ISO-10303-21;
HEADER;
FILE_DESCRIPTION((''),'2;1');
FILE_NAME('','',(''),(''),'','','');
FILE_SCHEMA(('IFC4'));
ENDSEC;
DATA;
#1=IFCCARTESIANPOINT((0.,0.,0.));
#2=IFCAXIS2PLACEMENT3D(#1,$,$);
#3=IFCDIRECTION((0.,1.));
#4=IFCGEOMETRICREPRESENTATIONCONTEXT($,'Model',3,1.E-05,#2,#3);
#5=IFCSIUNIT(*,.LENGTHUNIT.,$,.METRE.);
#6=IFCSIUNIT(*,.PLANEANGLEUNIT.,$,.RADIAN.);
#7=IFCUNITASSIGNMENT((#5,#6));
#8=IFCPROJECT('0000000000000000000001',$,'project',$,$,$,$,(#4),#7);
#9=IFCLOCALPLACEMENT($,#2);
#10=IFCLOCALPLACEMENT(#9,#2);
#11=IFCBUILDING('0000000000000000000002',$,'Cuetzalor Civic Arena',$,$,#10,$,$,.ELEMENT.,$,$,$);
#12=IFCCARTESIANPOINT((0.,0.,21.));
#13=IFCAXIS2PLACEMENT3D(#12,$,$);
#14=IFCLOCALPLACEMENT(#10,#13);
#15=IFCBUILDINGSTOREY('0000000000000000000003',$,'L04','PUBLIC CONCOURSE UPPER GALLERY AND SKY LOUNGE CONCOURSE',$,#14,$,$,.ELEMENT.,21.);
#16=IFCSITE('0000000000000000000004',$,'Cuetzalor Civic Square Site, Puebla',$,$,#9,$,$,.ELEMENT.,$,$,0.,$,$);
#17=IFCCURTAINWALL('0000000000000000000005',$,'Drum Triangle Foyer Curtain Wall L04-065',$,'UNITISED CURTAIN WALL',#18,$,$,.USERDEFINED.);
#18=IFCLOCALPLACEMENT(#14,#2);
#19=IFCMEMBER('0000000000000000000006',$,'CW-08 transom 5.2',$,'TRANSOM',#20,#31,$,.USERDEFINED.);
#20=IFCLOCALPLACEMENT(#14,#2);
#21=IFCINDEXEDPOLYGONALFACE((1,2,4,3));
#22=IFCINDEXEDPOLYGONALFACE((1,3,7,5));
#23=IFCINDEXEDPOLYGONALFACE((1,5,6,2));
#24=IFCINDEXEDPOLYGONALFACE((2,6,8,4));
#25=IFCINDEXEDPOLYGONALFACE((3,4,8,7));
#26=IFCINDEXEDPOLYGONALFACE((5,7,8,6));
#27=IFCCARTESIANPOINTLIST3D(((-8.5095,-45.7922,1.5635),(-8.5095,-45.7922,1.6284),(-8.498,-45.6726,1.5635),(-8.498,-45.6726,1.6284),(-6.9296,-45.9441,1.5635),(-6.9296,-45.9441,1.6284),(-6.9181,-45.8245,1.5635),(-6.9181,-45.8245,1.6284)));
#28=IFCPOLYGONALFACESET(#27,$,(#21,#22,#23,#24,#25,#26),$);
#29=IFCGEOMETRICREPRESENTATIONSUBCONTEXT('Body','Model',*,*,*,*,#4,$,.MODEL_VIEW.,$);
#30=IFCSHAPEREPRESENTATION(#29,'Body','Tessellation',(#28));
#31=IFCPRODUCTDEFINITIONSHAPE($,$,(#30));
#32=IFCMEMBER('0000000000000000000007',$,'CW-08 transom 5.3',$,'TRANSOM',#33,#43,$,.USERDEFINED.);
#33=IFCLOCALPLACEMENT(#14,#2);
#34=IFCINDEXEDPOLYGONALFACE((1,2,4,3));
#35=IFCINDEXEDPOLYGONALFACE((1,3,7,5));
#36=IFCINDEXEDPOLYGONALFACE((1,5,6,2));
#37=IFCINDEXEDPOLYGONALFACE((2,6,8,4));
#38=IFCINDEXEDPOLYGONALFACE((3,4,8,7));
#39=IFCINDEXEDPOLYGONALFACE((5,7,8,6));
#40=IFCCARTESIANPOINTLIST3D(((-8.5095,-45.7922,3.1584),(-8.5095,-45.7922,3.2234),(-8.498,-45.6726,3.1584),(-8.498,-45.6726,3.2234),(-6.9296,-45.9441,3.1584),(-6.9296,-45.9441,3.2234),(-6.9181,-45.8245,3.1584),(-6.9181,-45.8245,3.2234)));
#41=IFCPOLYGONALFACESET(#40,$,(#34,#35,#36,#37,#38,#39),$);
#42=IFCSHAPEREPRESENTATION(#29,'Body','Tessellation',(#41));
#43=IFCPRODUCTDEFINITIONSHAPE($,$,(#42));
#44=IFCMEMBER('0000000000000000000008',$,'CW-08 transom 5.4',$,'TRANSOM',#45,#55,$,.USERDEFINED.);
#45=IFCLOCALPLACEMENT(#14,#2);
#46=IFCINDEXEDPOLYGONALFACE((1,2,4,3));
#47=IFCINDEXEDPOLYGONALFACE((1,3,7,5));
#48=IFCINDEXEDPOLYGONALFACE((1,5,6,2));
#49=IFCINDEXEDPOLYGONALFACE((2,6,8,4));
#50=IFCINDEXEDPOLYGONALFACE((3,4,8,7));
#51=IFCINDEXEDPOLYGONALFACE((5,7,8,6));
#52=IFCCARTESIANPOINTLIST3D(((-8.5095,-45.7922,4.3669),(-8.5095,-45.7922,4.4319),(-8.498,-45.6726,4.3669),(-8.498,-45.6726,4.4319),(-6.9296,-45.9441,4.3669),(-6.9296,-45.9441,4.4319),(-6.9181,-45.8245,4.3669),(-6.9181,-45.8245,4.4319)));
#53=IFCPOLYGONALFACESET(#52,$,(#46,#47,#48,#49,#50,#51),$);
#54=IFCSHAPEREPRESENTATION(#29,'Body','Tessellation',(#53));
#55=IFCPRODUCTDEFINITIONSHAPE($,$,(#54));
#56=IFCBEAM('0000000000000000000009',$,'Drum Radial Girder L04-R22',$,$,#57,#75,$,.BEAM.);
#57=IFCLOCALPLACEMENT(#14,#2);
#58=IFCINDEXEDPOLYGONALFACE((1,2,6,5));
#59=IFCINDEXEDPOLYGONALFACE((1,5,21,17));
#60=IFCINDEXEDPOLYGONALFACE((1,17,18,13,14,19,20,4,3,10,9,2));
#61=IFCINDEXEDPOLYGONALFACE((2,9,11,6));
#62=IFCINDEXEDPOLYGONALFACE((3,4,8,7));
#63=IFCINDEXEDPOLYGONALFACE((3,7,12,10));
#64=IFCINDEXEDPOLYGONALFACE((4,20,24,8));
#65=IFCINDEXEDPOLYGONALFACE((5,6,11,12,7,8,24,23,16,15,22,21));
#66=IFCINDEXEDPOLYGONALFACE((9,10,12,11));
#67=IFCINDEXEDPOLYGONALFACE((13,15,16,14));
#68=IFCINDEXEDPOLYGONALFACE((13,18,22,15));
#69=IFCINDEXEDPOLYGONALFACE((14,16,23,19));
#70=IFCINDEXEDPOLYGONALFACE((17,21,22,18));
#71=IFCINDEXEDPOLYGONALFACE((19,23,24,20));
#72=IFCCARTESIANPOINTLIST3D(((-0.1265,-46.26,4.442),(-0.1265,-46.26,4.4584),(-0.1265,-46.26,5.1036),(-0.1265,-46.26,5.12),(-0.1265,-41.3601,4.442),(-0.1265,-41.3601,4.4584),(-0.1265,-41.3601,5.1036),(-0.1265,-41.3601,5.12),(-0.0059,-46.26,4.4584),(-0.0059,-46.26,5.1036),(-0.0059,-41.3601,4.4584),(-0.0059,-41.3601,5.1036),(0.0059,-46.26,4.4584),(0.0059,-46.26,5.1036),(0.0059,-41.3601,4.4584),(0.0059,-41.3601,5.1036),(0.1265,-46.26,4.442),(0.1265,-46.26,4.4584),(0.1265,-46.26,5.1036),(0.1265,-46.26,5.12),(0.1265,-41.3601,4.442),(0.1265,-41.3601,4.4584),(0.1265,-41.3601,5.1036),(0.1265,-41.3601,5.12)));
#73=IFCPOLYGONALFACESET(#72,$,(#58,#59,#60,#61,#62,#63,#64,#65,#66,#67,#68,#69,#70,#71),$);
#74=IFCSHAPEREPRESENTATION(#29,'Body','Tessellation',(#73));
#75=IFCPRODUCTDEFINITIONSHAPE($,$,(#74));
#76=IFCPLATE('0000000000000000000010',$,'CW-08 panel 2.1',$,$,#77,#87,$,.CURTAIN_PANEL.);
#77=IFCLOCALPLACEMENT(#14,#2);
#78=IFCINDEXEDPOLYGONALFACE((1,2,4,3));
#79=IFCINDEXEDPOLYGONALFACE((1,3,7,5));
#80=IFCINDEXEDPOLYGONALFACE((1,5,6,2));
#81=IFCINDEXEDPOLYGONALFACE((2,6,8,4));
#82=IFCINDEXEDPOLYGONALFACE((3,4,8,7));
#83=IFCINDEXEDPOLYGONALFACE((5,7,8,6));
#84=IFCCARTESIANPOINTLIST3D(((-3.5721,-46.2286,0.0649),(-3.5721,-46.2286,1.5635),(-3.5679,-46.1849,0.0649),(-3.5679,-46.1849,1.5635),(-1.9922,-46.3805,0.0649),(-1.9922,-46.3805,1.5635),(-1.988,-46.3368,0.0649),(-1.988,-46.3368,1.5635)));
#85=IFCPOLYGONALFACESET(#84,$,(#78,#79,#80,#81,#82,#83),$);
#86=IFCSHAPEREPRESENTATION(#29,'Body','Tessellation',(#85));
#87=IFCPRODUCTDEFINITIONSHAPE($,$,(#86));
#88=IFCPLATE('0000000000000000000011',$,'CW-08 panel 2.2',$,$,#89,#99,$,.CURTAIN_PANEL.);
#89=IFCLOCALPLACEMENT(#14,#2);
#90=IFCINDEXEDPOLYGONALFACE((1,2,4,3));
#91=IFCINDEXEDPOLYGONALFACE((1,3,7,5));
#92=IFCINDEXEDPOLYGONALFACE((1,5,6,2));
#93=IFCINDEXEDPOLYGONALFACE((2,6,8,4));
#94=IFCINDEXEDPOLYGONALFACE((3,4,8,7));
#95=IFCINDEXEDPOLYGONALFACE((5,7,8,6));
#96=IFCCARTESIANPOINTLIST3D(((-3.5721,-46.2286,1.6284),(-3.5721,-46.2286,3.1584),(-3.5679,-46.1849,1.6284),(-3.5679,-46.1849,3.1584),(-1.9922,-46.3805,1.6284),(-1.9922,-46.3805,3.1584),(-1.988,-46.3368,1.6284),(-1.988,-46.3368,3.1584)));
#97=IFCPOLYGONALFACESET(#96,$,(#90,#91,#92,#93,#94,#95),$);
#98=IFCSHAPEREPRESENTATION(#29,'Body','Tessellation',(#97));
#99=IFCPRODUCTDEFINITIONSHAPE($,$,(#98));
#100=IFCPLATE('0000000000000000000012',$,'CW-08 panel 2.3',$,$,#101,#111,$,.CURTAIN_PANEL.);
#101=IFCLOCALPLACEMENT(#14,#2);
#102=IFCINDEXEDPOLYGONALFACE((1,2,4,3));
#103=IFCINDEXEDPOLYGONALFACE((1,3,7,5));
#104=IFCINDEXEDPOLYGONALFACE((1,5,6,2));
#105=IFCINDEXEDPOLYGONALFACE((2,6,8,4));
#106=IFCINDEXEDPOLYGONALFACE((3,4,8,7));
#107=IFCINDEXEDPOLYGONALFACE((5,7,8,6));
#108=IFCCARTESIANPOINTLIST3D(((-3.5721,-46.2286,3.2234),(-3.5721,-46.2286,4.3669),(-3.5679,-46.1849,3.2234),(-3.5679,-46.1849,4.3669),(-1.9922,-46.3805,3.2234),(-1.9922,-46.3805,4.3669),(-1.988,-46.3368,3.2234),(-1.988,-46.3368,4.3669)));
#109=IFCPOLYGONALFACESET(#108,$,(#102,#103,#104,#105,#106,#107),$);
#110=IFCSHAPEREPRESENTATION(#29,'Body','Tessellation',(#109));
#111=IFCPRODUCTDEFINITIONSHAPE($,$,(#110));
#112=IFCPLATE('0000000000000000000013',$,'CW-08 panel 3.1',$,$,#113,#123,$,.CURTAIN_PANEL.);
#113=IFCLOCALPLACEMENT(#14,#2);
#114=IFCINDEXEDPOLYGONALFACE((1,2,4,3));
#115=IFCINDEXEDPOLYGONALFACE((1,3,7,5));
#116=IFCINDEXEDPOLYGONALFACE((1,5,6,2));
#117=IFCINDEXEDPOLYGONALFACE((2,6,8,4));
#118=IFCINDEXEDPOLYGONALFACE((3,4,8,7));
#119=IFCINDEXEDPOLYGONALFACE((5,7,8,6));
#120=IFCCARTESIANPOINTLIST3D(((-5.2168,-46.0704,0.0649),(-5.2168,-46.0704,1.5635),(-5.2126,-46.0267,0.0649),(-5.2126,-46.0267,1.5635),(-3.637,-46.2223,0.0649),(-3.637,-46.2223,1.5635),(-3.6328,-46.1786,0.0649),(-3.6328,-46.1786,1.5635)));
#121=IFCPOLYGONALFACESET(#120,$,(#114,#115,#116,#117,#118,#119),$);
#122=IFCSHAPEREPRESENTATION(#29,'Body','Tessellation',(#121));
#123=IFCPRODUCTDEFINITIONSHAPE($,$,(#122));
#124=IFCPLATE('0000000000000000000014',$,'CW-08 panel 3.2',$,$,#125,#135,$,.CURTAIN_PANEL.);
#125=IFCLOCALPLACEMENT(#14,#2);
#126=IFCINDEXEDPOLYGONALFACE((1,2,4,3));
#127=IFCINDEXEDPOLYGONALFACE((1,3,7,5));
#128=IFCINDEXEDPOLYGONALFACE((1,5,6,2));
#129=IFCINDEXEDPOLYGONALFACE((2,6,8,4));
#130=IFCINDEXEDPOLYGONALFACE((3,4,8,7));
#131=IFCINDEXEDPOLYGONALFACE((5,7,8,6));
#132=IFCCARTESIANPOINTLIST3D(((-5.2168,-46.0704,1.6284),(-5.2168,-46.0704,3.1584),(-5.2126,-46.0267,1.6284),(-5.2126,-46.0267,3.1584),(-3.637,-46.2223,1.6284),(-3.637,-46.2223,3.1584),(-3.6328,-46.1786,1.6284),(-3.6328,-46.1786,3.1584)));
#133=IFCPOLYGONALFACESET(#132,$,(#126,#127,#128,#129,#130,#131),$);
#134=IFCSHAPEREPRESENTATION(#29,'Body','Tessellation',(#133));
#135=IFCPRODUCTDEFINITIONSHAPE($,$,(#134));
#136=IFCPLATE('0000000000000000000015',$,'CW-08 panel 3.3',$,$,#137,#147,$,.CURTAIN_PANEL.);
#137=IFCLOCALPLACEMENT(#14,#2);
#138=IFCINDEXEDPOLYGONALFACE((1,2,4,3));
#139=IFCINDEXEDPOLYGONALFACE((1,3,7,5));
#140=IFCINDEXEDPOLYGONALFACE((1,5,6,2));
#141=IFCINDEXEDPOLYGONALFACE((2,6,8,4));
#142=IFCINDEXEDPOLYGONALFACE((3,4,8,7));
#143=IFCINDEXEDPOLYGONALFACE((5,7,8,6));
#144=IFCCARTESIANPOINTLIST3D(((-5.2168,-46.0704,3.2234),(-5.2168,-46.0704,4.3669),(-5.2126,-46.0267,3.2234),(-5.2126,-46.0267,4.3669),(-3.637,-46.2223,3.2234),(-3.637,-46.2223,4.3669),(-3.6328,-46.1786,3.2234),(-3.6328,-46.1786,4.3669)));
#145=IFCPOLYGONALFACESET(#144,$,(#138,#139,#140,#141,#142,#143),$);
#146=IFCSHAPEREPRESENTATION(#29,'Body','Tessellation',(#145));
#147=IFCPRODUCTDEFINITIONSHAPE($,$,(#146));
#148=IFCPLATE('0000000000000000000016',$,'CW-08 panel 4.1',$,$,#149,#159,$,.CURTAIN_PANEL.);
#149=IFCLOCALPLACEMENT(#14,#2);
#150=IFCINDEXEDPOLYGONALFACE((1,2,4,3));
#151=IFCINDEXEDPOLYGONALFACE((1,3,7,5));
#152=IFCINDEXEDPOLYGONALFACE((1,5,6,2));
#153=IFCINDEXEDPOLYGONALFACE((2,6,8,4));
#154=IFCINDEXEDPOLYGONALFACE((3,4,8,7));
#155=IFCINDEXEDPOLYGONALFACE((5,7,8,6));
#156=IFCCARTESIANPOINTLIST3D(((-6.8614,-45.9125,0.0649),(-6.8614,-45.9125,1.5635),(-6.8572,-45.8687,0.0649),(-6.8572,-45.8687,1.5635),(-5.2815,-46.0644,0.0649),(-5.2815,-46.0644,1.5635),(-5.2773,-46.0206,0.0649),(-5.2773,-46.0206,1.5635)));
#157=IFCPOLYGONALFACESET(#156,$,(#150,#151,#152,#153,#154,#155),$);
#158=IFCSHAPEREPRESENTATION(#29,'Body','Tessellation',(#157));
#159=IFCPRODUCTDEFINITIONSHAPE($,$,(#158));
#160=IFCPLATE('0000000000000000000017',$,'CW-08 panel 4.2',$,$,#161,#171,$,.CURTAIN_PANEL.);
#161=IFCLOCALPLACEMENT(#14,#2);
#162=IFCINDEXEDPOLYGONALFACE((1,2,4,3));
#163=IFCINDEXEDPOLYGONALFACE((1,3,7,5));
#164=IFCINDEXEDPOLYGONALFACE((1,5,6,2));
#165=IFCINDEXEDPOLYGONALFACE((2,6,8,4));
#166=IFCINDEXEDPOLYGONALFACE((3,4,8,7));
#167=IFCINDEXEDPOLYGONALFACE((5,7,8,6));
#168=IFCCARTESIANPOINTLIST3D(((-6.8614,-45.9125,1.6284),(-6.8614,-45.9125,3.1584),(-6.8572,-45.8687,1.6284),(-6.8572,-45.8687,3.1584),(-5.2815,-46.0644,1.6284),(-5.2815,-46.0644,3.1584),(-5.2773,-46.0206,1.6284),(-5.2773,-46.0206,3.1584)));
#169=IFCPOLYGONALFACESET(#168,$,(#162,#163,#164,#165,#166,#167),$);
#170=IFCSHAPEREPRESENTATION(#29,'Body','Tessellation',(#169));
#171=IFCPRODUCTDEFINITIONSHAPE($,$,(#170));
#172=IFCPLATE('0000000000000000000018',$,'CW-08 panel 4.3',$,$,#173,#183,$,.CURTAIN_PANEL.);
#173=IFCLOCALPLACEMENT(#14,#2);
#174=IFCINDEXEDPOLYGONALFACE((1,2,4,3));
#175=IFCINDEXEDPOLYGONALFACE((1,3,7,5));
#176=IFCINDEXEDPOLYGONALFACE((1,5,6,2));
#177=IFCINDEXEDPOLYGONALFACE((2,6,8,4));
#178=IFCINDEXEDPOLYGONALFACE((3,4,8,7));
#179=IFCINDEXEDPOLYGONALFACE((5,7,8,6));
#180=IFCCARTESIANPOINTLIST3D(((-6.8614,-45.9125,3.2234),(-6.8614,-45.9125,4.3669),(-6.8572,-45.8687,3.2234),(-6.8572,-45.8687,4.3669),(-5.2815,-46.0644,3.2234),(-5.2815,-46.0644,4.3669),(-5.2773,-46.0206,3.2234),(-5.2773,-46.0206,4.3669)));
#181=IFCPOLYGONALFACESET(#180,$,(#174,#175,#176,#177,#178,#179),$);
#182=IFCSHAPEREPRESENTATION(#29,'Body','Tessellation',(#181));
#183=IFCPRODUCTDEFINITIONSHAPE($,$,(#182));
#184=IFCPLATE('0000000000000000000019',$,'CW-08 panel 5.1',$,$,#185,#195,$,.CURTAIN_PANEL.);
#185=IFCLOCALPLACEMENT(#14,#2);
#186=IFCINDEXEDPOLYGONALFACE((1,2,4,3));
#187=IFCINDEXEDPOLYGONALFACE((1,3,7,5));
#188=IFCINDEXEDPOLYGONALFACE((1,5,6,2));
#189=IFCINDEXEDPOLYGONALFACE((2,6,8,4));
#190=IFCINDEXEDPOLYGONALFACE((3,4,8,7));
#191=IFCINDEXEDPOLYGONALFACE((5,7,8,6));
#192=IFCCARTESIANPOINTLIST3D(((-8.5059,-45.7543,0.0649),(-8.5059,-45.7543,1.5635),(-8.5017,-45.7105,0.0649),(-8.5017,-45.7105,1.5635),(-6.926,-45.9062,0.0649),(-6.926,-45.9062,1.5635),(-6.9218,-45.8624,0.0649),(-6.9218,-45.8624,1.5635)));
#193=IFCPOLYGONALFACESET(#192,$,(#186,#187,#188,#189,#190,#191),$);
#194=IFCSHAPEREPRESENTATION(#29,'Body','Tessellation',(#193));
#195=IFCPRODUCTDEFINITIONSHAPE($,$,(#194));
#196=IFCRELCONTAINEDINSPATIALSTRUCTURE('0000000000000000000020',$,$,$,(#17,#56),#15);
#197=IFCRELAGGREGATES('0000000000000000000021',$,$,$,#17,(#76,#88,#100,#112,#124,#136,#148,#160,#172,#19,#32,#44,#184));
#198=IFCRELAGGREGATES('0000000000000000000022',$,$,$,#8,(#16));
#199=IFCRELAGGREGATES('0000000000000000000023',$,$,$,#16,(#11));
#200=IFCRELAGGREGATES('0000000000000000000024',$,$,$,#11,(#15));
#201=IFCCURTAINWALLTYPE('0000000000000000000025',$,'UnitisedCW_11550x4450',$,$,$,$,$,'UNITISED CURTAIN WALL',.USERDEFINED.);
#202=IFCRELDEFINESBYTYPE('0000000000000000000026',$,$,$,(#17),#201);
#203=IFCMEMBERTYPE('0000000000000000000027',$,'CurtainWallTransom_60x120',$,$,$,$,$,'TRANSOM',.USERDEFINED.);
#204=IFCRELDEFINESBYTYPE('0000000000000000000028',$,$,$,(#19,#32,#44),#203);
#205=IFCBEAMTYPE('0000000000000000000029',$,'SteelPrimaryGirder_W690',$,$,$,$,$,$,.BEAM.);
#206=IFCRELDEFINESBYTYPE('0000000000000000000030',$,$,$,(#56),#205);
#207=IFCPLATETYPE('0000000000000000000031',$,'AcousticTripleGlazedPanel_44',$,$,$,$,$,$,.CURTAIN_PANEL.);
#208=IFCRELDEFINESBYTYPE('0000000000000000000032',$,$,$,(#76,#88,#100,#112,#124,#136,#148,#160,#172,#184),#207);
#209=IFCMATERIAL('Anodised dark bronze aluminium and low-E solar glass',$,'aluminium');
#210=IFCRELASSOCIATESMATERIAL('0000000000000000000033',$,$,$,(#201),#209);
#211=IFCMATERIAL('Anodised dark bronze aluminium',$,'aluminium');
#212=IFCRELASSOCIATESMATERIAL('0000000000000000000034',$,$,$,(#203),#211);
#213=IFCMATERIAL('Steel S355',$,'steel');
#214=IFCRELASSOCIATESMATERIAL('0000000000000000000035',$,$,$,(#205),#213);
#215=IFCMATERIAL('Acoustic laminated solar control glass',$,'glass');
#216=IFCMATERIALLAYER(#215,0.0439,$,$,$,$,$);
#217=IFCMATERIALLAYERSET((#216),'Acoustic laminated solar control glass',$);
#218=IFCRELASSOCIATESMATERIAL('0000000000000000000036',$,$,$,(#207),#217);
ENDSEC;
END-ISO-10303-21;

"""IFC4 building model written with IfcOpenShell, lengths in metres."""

from ifc_helpers import new_model, si_unit, direction, frame, origin, origin_2d, place, context, subcontext, project, spatial, rectangle, i_section, extrude, material, layer, layer_set, material_profile, profile_set, type_object, element, aggregate, save


model = new_model("IFC4")

# Units and contexts
model_context = context("Model", 3, precision=1e-05, world=origin(), true_north=direction((0.0, 1.0)))
body_context = subcontext(model_context, "Body", "Model", "MODEL_VIEW")
ifc_project = project(units=[si_unit("LENGTHUNIT", "METRE"), si_unit("PLANEANGLEUNIT", "RADIAN")], contexts=[model_context])

# Site, building, storey
site_placement = place(None, origin())
site = spatial("IfcSite", under=ifc_project, at=site_placement, Name="Cuetzalor Civic Square Site, Puebla", CompositionType="ELEMENT", RefElevation=0.0)
building_placement = place(site_placement, origin())
building = spatial("IfcBuilding", under=site, at=building_placement, Name="Cuetzalor Civic Arena", CompositionType="ELEMENT")
storey_placement = place(building_placement, frame((0.0, 0.0, 21.0)))
storey = spatial("IfcBuildingStorey", under=building, at=storey_placement, Name="L04", Description="PUBLIC CONCOURSE UPPER GALLERY AND SKY LOUNGE CONCOURSE", CompositionType="ELEMENT", Elevation=21.0)

# Curtain wall, members
ifc_material_1 = material(Name="Anodised dark bronze aluminium and low-E solar glass", Category="aluminium")
curtain_wall_type = type_object("IfcCurtainWallType", Name="UnitisedCW_11550x4450", ElementType="UNITISED CURTAIN WALL", PredefinedType="USERDEFINED", material=ifc_material_1)
curtain_wall_placement = place(storey_placement, origin())
curtain_wall = element("IfcCurtainWall", 1, at=curtain_wall_placement, inside=storey, type_object=curtain_wall_type, Name="Drum Triangle Foyer Curtain Wall L04-065", ObjectType="UNITISED CURTAIN WALL", PredefinedType="USERDEFINED")
ifc_material_2 = material(Name="Anodised dark bronze aluminium", Category="aluminium")
ifc_material_profile_1 = material_profile(ifc_material_2, rectangle(XDim=0.1201, YDim=0.0649, at=origin_2d()), Name="ALU TRANSOM 65x120")
ifc_profile_set_1 = profile_set([ifc_material_profile_1], Name="Anodised dark bronze aluminium")
member_type_1 = type_object("IfcMemberType", Name="CurtainWallTransom_60x120", ElementType="TRANSOM", PredefinedType="USERDEFINED", material=ifc_profile_set_1)
member_1_placement = place(storey_placement, frame((-6.9238, -45.8843, 1.5959), z_axis=(-0.995412, 0.09568, 0.0), x_axis=(-0.09568, -0.995412, 0.0)))
member_1 = element("IfcMember", 2, at=member_1_placement, type_object=member_type_1, Name="CW-08 transom 5.2", ObjectType="TRANSOM", PredefinedType="USERDEFINED", context=body_context, shape_type="SweptSolid", body=[
    extrude(rectangle(XDim=0.1201, YDim=0.0649, at=origin_2d()), origin(), (0.0, 0.0, 1.0), 1.5872),
])
member_2_placement = place(storey_placement, frame((-6.9238, -45.8843, 3.1909), z_axis=(-0.995412, 0.09568, 0.0), x_axis=(-0.09568, -0.995412, 0.0)))
member_2 = element("IfcMember", 3, at=member_2_placement, type_object=member_type_1, Name="CW-08 transom 5.3", ObjectType="TRANSOM", PredefinedType="USERDEFINED", context=body_context, shape_type="SweptSolid", body=[
    extrude(rectangle(XDim=0.1201, YDim=0.0649, at=origin_2d()), origin(), (0.0, 0.0, 1.0), 1.5872),
])
member_3_placement = place(storey_placement, frame((-6.9238, -45.8843, 4.3994), z_axis=(-0.995412, 0.09568, 0.0), x_axis=(-0.09568, -0.995412, 0.0)))
member_3 = element("IfcMember", 4, at=member_3_placement, type_object=member_type_1, Name="CW-08 transom 5.4", ObjectType="TRANSOM", PredefinedType="USERDEFINED", context=body_context, shape_type="SweptSolid", body=[
    extrude(rectangle(XDim=0.1201, YDim=0.0649, at=origin_2d()), origin(), (0.0, 0.0, 1.0), 1.5872),
])

# Beam
ifc_material_3 = material(Name="Steel S355", Category="steel")
ifc_material_profile_2 = material_profile(ifc_material_3, i_section(OverallWidth=0.2529, OverallDepth=0.678, WebThickness=0.0117, FlangeThickness=0.0164, at=origin_2d()), Name="W690x125")
ifc_profile_set_2 = profile_set([ifc_material_profile_2], Name="Steel S355")
beam_type = type_object("IfcBeamType", Name="SteelPrimaryGirder_W690", PredefinedType="BEAM", material=ifc_profile_set_2)
beam_placement = place(storey_placement, frame((0.0, -41.3601, 4.781), z_axis=(0.0, -1.0, 0.0), x_axis=(1.0, 0.0, 0.0)))
element("IfcBeam", 5, at=beam_placement, inside=storey, type_object=beam_type, Name="Drum Radial Girder L04-R22", PredefinedType="BEAM", context=body_context, shape_type="SweptSolid", body=[
    extrude(i_section(OverallWidth=0.2529, OverallDepth=0.678, WebThickness=0.0117, FlangeThickness=0.0164, at=origin_2d()), origin(), (0.0, 0.0, 1.0), 4.8999),
])

# Plates
ifc_material_4 = material(Name="Acoustic laminated solar control glass", Category="glass")
ifc_layer = layer(ifc_material_4, 0.0439)
ifc_layer_set = layer_set([ifc_layer], Name="Acoustic laminated solar control glass")
plate_type = type_object("IfcPlateType", Name="AcousticTripleGlazedPanel_44", PredefinedType="CURTAIN_PANEL", material=ifc_layer_set)
plate_1_placement = place(storey_placement, frame((-2.78, -46.2827, 0.0649), z_axis=(0.0, 0.0, 1.0), x_axis=(-0.995409, 0.095711, 0.0)))
plate_1 = element("IfcPlate", 6, at=plate_1_placement, type_object=plate_type, Name="CW-08 panel 2.1", PredefinedType="CURTAIN_PANEL", context=body_context, shape_type="SweptSolid", body=[
    extrude(rectangle(XDim=1.5872, YDim=0.0439, at=origin_2d()), origin(), (0.0, 0.0, 1.0), 1.4985),
])
plate_2_placement = place(storey_placement, frame((-2.78, -46.2827, 1.6284), z_axis=(0.0, 0.0, 1.0), x_axis=(-0.995409, 0.095711, 0.0)))
plate_2 = element("IfcPlate", 7, at=plate_2_placement, type_object=plate_type, Name="CW-08 panel 2.2", PredefinedType="CURTAIN_PANEL", context=body_context, shape_type="SweptSolid", body=[
    extrude(rectangle(XDim=1.5872, YDim=0.0439, at=origin_2d()), origin(), (0.0, 0.0, 1.0), 1.53),
])
plate_3_placement = place(storey_placement, frame((-2.78, -46.2827, 3.2234), z_axis=(0.0, 0.0, 1.0), x_axis=(-0.995409, 0.095711, 0.0)))
plate_3 = element("IfcPlate", 8, at=plate_3_placement, type_object=plate_type, Name="CW-08 panel 2.3", PredefinedType="CURTAIN_PANEL", context=body_context, shape_type="SweptSolid", body=[
    extrude(rectangle(XDim=1.5872, YDim=0.0439, at=origin_2d()), origin(), (0.0, 0.0, 1.0), 1.1436),
])
plate_4_placement = place(storey_placement, frame((-4.4248, -46.1245, 0.0649), z_axis=(0.0, 0.0, 1.0), x_axis=(-0.995409, 0.095711, 0.0)))
plate_4 = element("IfcPlate", 9, at=plate_4_placement, type_object=plate_type, Name="CW-08 panel 3.1", PredefinedType="CURTAIN_PANEL", context=body_context, shape_type="SweptSolid", body=[
    extrude(rectangle(XDim=1.5872, YDim=0.0439, at=origin_2d()), origin(), (0.0, 0.0, 1.0), 1.4985),
])
plate_5_placement = place(storey_placement, frame((-4.4248, -46.1245, 1.6284), z_axis=(0.0, 0.0, 1.0), x_axis=(-0.995409, 0.095711, 0.0)))
plate_5 = element("IfcPlate", 10, at=plate_5_placement, type_object=plate_type, Name="CW-08 panel 3.2", PredefinedType="CURTAIN_PANEL", context=body_context, shape_type="SweptSolid", body=[
    extrude(rectangle(XDim=1.5872, YDim=0.0439, at=origin_2d()), origin(), (0.0, 0.0, 1.0), 1.53),
])
plate_6_placement = place(storey_placement, frame((-4.4248, -46.1245, 3.2234), z_axis=(0.0, 0.0, 1.0), x_axis=(-0.995409, 0.095711, 0.0)))
plate_6 = element("IfcPlate", 11, at=plate_6_placement, type_object=plate_type, Name="CW-08 panel 3.3", PredefinedType="CURTAIN_PANEL", context=body_context, shape_type="SweptSolid", body=[
    extrude(rectangle(XDim=1.5872, YDim=0.0439, at=origin_2d()), origin(), (0.0, 0.0, 1.0), 1.1436),
])
plate_7_placement = place(storey_placement, frame((-6.0693, -45.9666, 0.0649), z_axis=(0.0, 0.0, 1.0), x_axis=(-0.995409, 0.095711, 0.0)))
plate_7 = element("IfcPlate", 12, at=plate_7_placement, type_object=plate_type, Name="CW-08 panel 4.1", PredefinedType="CURTAIN_PANEL", context=body_context, shape_type="SweptSolid", body=[
    extrude(rectangle(XDim=1.5872, YDim=0.0439, at=origin_2d()), origin(), (0.0, 0.0, 1.0), 1.4985),
])
plate_8_placement = place(storey_placement, frame((-6.0693, -45.9666, 1.6284), z_axis=(0.0, 0.0, 1.0), x_axis=(-0.995409, 0.095711, 0.0)))
plate_8 = element("IfcPlate", 13, at=plate_8_placement, type_object=plate_type, Name="CW-08 panel 4.2", PredefinedType="CURTAIN_PANEL", context=body_context, shape_type="SweptSolid", body=[
    extrude(rectangle(XDim=1.5872, YDim=0.0439, at=origin_2d()), origin(), (0.0, 0.0, 1.0), 1.53),
])
plate_9_placement = place(storey_placement, frame((-6.0693, -45.9666, 3.2234), z_axis=(0.0, 0.0, 1.0), x_axis=(-0.995409, 0.095711, 0.0)))
plate_9 = element("IfcPlate", 14, at=plate_9_placement, type_object=plate_type, Name="CW-08 panel 4.3", PredefinedType="CURTAIN_PANEL", context=body_context, shape_type="SweptSolid", body=[
    extrude(rectangle(XDim=1.5872, YDim=0.0439, at=origin_2d()), origin(), (0.0, 0.0, 1.0), 1.1436),
])
plate_10_placement = place(storey_placement, frame((-7.7139, -45.8083, 0.0649), z_axis=(0.0, 0.0, 1.0), x_axis=(-0.995409, 0.095711, 0.0)))
plate_10 = element("IfcPlate", 15, at=plate_10_placement, type_object=plate_type, Name="CW-08 panel 5.1", PredefinedType="CURTAIN_PANEL", context=body_context, shape_type="SweptSolid", body=[
    extrude(rectangle(XDim=1.5872, YDim=0.0439, at=origin_2d()), origin(), (0.0, 0.0, 1.0), 1.4985),
])
aggregate(curtain_wall, [plate_1, plate_2, plate_3, plate_4, plate_5, plate_6, plate_7, plate_8, plate_9, member_1, member_2, member_3, plate_10])

save(model, "model.ifc")
